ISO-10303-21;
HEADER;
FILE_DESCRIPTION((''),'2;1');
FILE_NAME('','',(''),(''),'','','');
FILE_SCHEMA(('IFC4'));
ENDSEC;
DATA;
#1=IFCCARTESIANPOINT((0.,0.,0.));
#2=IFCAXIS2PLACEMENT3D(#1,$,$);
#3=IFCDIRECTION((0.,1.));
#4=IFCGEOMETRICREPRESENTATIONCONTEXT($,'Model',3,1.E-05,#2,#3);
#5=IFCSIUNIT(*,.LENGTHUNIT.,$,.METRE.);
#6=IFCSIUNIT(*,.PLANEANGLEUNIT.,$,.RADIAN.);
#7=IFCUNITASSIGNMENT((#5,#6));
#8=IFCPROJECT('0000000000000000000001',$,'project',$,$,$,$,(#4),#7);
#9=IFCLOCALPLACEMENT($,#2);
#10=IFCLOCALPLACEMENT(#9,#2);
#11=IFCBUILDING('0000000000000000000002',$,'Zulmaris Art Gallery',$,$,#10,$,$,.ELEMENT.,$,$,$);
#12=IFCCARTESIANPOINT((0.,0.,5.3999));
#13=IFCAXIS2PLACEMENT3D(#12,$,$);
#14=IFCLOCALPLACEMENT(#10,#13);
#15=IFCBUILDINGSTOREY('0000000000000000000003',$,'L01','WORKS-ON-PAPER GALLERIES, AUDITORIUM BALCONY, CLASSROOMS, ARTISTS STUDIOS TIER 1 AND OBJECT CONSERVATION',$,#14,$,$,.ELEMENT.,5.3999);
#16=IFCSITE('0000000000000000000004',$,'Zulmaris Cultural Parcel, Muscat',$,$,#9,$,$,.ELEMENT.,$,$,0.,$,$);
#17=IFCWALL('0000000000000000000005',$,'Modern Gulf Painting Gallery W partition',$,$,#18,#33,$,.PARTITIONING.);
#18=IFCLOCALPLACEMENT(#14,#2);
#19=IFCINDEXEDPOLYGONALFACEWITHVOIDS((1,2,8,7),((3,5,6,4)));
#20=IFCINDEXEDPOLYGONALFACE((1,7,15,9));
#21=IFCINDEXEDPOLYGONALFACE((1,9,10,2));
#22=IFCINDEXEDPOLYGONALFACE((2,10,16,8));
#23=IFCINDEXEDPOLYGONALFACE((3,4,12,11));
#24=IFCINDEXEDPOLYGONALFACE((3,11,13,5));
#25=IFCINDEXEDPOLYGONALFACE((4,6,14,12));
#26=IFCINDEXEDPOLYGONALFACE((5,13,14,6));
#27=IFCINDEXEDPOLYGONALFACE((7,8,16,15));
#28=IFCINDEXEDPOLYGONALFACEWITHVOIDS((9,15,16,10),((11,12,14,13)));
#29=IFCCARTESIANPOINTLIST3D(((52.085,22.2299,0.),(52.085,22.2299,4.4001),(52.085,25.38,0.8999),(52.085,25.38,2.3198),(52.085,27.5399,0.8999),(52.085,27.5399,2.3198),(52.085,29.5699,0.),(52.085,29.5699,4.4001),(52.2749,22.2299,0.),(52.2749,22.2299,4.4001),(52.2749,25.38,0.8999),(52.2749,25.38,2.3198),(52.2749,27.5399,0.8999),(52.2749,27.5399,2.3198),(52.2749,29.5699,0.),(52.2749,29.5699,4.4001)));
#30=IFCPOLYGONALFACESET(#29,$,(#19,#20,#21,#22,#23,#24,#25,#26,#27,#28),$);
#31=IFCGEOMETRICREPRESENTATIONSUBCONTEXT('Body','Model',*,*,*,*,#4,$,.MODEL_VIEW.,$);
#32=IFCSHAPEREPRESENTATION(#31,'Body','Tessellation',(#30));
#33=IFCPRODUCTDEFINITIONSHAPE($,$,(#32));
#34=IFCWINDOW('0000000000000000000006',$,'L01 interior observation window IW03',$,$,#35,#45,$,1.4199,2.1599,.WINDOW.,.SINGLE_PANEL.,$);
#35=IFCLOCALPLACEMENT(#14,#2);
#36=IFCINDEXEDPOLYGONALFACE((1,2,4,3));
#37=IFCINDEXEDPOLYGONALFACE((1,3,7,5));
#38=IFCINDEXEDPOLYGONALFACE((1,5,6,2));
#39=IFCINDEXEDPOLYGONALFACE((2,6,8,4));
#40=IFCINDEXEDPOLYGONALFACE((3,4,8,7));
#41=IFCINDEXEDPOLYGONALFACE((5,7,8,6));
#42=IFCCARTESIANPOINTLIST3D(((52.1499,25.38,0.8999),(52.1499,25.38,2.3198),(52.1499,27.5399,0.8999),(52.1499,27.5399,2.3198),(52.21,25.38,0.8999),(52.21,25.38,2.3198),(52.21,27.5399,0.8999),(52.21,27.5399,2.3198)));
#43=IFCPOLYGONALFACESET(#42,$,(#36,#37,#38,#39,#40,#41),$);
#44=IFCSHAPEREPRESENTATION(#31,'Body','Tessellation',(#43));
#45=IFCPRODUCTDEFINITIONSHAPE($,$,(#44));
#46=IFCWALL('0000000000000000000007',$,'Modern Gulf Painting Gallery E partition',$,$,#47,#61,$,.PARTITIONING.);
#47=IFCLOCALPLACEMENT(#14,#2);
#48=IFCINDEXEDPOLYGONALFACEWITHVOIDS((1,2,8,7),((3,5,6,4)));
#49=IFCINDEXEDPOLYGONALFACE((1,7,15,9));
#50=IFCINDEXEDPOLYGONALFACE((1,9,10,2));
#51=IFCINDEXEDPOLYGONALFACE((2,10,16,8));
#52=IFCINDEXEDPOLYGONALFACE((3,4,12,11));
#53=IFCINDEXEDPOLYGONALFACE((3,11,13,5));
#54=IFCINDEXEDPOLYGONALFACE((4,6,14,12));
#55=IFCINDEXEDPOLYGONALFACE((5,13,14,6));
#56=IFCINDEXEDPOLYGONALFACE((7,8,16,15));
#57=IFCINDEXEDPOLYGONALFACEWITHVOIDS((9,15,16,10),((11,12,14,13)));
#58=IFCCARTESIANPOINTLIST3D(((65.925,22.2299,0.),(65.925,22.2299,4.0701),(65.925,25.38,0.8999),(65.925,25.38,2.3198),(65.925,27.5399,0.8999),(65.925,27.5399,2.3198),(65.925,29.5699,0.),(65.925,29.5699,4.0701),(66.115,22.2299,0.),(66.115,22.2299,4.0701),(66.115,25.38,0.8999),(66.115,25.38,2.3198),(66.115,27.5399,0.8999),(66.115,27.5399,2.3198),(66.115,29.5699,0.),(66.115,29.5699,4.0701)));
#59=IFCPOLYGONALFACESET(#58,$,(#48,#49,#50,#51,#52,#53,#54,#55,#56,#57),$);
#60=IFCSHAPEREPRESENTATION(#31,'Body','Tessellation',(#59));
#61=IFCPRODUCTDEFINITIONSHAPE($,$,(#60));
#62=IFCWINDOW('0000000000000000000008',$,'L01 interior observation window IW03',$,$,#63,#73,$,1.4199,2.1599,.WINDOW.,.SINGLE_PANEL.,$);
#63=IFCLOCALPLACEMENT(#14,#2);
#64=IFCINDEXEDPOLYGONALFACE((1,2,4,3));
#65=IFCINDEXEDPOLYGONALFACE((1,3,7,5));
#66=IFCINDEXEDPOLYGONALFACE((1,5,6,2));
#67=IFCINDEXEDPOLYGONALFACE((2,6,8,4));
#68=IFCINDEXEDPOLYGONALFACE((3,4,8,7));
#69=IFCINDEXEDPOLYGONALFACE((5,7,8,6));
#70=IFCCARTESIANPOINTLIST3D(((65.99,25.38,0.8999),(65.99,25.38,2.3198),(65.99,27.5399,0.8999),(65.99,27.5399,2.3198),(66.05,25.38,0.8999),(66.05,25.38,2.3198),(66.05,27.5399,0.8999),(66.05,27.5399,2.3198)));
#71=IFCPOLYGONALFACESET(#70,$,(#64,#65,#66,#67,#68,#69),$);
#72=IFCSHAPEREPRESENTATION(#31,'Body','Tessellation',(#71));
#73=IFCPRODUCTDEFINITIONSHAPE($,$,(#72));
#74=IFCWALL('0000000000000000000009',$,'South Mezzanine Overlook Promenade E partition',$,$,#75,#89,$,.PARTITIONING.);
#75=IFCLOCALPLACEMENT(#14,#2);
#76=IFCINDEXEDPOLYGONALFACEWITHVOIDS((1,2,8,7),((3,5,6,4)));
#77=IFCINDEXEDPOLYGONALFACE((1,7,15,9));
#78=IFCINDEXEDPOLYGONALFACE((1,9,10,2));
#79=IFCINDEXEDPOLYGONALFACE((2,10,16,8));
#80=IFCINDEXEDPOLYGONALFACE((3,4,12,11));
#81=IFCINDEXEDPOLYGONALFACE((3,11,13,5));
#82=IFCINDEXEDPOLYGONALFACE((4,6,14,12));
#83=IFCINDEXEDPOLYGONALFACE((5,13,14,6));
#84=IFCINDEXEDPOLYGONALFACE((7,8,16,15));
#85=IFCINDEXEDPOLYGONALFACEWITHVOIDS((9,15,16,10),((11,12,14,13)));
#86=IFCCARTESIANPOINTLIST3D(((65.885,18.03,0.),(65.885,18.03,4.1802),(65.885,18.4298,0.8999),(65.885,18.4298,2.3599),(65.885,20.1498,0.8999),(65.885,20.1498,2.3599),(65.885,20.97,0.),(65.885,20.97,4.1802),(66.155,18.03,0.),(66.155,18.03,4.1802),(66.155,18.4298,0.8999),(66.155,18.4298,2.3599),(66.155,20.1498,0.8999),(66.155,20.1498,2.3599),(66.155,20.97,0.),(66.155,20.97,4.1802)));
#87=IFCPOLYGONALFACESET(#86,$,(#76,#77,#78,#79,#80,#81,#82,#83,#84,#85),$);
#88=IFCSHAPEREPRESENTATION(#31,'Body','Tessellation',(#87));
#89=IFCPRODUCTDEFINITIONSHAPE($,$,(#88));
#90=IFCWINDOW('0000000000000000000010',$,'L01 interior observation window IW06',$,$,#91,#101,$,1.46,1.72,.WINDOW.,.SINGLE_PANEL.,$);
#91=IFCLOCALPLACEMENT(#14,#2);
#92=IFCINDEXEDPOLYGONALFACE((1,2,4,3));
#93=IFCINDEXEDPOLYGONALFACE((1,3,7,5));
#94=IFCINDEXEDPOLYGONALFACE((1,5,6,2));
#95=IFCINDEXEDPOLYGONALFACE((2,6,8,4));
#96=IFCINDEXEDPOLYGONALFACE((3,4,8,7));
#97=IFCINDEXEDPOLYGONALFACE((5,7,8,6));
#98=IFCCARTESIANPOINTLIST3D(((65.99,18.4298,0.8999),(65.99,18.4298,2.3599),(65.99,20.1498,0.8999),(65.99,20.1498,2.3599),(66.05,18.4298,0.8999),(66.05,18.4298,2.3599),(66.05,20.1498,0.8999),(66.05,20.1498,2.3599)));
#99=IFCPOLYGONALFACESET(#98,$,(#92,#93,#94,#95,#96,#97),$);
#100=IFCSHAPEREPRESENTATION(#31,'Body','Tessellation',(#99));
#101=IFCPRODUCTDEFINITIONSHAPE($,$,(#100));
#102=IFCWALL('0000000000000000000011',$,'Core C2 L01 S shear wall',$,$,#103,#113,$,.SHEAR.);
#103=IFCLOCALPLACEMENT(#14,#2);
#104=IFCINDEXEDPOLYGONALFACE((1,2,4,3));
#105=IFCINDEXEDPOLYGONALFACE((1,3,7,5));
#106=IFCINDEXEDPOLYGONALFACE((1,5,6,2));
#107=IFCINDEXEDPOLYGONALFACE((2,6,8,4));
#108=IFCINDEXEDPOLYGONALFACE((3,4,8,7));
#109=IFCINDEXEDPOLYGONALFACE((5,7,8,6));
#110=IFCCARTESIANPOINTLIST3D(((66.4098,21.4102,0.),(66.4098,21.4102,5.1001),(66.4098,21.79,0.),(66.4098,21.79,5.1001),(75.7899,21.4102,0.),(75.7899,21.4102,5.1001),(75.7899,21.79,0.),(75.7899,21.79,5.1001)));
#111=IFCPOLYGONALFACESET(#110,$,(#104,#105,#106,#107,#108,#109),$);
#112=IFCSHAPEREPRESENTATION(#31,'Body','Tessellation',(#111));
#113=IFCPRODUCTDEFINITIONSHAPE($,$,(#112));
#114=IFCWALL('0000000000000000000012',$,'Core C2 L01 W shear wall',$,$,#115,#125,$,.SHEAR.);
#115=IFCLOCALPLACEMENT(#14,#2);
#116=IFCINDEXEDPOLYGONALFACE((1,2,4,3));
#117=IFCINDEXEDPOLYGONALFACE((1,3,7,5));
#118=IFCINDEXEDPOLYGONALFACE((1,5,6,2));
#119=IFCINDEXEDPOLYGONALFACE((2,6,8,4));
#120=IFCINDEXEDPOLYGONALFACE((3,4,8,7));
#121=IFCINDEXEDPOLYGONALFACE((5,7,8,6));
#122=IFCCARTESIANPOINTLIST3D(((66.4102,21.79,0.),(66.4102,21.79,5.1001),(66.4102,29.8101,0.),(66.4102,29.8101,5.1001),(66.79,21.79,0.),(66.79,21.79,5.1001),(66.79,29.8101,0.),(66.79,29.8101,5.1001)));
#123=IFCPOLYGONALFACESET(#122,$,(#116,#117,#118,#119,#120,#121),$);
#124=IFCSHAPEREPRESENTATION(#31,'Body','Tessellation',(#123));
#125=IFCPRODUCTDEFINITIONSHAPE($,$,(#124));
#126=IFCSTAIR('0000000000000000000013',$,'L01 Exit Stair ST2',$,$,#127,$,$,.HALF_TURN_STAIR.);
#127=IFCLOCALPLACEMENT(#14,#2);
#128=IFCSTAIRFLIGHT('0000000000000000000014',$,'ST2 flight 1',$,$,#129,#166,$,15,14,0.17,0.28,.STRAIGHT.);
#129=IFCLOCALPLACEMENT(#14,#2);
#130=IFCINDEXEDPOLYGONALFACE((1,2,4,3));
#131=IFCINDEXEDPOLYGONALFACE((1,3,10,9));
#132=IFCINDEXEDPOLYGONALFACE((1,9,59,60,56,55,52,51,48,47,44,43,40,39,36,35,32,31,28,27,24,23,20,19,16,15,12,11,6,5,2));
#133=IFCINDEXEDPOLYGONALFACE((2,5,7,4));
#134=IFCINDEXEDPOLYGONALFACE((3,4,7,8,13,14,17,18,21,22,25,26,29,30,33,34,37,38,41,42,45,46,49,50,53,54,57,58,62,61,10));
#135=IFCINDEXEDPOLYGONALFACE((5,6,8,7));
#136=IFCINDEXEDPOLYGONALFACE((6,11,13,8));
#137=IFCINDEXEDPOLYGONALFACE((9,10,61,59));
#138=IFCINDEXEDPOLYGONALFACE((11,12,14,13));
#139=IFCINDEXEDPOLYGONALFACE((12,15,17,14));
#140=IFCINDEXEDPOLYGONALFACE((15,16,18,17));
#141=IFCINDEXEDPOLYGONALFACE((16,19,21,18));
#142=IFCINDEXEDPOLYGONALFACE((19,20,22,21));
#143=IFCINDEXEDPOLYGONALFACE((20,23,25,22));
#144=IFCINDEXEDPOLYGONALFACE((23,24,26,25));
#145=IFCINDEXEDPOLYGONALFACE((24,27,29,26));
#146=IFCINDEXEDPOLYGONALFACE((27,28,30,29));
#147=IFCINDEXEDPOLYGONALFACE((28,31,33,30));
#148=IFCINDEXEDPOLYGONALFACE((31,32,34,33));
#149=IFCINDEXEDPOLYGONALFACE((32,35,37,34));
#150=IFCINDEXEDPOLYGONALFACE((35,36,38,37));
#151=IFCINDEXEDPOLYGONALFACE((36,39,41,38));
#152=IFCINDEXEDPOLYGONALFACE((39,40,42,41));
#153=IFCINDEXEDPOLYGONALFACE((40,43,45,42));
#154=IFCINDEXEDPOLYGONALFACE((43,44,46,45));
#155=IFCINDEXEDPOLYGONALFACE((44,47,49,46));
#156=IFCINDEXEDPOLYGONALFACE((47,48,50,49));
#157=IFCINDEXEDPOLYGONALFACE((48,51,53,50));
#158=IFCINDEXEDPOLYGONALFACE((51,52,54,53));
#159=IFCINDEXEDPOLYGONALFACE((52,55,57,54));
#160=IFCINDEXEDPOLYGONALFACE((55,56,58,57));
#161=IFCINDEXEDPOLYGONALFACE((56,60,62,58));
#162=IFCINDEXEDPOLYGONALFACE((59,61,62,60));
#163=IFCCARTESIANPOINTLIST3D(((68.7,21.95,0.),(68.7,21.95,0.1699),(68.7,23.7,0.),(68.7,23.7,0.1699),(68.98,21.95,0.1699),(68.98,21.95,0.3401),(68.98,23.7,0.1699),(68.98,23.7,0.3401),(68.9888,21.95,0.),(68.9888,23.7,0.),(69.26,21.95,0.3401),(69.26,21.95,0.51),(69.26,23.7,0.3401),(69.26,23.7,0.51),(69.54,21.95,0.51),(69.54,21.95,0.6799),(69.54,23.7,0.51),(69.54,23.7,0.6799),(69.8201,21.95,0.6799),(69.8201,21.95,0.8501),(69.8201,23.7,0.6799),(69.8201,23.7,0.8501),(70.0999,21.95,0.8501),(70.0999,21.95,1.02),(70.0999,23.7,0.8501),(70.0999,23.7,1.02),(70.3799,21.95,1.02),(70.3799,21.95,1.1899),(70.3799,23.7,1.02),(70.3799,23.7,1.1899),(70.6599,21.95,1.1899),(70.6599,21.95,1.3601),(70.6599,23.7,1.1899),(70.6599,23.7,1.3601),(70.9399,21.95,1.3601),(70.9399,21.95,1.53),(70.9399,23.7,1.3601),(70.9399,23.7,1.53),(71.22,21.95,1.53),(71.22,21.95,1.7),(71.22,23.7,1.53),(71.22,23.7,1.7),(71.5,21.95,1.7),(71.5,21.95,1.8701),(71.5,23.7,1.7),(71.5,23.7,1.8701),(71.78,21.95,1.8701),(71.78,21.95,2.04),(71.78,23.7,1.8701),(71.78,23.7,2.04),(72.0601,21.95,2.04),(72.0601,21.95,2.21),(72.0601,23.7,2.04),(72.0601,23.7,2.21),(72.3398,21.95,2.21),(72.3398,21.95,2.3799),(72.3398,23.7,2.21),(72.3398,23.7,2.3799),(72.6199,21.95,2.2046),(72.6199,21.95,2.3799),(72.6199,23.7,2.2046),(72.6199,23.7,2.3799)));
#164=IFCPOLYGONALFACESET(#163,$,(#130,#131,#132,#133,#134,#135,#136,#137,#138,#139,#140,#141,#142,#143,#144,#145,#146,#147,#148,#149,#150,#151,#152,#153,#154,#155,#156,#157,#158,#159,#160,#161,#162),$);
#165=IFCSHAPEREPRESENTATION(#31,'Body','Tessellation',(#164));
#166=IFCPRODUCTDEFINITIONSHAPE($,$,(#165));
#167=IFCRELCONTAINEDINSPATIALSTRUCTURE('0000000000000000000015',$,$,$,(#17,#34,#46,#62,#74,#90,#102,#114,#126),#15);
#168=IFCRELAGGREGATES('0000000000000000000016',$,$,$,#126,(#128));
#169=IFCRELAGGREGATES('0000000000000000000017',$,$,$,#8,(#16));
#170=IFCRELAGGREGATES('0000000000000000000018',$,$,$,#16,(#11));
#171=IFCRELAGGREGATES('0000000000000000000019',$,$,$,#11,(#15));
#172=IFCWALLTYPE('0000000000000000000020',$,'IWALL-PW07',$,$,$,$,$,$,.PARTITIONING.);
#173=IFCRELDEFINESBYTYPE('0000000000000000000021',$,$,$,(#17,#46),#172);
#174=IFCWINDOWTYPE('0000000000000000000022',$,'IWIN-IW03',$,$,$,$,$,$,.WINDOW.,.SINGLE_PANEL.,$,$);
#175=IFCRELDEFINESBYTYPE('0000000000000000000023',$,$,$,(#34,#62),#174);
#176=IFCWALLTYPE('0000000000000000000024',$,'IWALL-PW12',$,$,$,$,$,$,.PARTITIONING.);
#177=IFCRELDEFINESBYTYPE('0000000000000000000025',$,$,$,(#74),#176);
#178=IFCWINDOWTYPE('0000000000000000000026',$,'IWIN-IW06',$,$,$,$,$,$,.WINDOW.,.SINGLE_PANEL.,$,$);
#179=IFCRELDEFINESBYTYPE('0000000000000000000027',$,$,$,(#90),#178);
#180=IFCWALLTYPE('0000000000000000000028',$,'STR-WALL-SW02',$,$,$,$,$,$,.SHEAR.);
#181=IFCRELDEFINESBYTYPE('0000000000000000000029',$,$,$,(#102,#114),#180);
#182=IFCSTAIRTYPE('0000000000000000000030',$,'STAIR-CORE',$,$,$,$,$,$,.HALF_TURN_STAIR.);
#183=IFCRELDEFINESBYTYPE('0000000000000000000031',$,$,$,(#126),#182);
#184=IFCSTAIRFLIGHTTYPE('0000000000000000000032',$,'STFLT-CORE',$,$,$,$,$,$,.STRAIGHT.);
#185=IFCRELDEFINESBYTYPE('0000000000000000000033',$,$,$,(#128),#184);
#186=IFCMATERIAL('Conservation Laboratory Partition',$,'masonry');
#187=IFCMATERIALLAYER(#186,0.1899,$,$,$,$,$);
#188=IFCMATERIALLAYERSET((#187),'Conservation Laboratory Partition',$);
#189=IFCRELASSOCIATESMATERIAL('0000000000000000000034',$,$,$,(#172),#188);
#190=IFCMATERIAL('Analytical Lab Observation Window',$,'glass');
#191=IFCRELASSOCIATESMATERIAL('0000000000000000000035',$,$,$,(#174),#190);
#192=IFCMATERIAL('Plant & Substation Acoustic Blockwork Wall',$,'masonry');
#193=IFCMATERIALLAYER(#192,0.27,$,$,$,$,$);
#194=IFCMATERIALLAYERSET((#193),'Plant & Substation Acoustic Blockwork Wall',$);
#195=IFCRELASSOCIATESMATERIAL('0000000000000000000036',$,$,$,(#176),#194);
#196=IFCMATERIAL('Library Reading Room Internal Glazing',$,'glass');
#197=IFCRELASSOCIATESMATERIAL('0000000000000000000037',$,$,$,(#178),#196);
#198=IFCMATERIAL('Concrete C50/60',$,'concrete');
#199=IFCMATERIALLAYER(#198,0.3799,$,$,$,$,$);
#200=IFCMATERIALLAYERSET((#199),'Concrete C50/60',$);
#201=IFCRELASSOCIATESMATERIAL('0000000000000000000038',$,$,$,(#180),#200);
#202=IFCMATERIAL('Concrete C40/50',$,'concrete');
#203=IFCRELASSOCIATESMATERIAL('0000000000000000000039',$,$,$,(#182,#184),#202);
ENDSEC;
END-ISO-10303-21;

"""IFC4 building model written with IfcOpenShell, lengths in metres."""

from ifc_helpers import new_model, si_unit, direction, frame, frame_2d, origin, place, context, subcontext, project, spatial, polyline, rectangle, outline, extrude, material, layer, layer_set, type_object, element, fill, aggregate, save


model = new_model("IFC4")

# Units and contexts
model_context = context("Model", 3, precision=1e-05, world=origin(), true_north=direction((0.0, 1.0)))
body_context = subcontext(model_context, "Body", "Model", "MODEL_VIEW")
ifc_project = project(units=[si_unit("LENGTHUNIT", "METRE"), si_unit("PLANEANGLEUNIT", "RADIAN")], contexts=[model_context])

# Site, building, storey
site_placement = place(None, origin())
site = spatial("IfcSite", under=ifc_project, at=site_placement, Name="Zulmaris Cultural Parcel, Muscat", CompositionType="ELEMENT", RefElevation=0.0)
building_placement = place(site_placement, origin())
building = spatial("IfcBuilding", under=site, at=building_placement, Name="Zulmaris Art Gallery", CompositionType="ELEMENT")
storey_placement = place(building_placement, frame((0.0, 0.0, 5.3999)))
storey = spatial("IfcBuildingStorey", under=building, at=storey_placement, Name="L01", Description="WORKS-ON-PAPER GALLERIES, AUDITORIUM BALCONY, CLASSROOMS, ARTISTS STUDIOS TIER 1 AND OBJECT CONSERVATION", CompositionType="ELEMENT", Elevation=5.3999)

# Shared definitions
ifc_material_1 = material(Name="Concrete C40/50", Category="concrete")
ifc_material_2 = material(Name="Concrete C50/60", Category="concrete")

# Walls, openings, windows
ifc_material_3 = material(Name="Conservation Laboratory Partition", Category="masonry")
ifc_layer_1 = layer(ifc_material_3, 0.1899)
ifc_layer_set_1 = layer_set([ifc_layer_1], Name="Conservation Laboratory Partition")
wall_type_1 = type_object("IfcWallType", Name="IWALL-PW07", PredefinedType="PARTITIONING", material=ifc_layer_set_1)
ifc_material_4 = material(Name="Analytical Lab Observation Window", Category="glass")
window_type_1 = type_object("IfcWindowType", Name="IWIN-IW03", PartitioningType="SINGLE_PANEL", PredefinedType="WINDOW", material=ifc_material_4)
wall_1_placement = place(storey_placement, frame((52.1799, 22.23, 0.0), z_axis=(0.0, 0.0, 1.0), x_axis=(0.0, 1.0, 0.0)))
wall_1 = element("IfcWall", 1, at=wall_1_placement, inside=storey, type_object=wall_type_1, Name="Modern Gulf Painting Gallery W partition", PredefinedType="PARTITIONING", context=body_context, shape_type="SweptSolid", body=[
    extrude(rectangle(XDim=7.3401, YDim=0.1899, at=frame_2d((3.6699, 0.0))), origin(), (0.0, 0.0, 1.0), 4.4001),
])
opening_1_placement = place(wall_1_placement, frame((3.1499, 0.0, 0.8999)))
opening_1 = element("IfcOpeningElement", 2, at=opening_1_placement, cuts=wall_1, PredefinedType="OPENING", context=body_context, shape_type="SweptSolid", body=[
    extrude(rectangle(XDim=2.1599, YDim=1.4199, at=frame_2d((1.0801, 0.71))), frame((0.0, 0.105, 0.0), z_axis=(0.0, -1.0, 0.0), x_axis=(1.0, 0.0, 0.0)), (0.0, 0.0, 1.0), 0.21),
])
window_1_placement = place(opening_1_placement, origin())
window_1 = element("IfcWindow", 3, at=window_1_placement, inside=storey, type_object=window_type_1, Name="L01 interior observation window IW03", OverallHeight=1.4199, OverallWidth=2.1599, PartitioningType="SINGLE_PANEL", PredefinedType="WINDOW", context=body_context, shape_type="SweptSolid", body=[
    extrude(rectangle(XDim=2.1599, YDim=1.4199, at=frame_2d((1.0801, 0.71))), frame((0.0, 0.03, 0.0), z_axis=(0.0, -1.0, 0.0), x_axis=(1.0, 0.0, 0.0)), (0.0, 0.0, 1.0), 0.0601),
])
fill(opening_1, window_1)
wall_2_placement = place(storey_placement, frame((66.02, 22.23, 0.0), z_axis=(0.0, 0.0, 1.0), x_axis=(0.0, 1.0, 0.0)))
wall_2 = element("IfcWall", 4, at=wall_2_placement, inside=storey, type_object=wall_type_1, Name="Modern Gulf Painting Gallery E partition", PredefinedType="PARTITIONING", context=body_context, shape_type="SweptSolid", body=[
    extrude(rectangle(XDim=7.3401, YDim=0.1899, at=frame_2d((3.6699, 0.0))), origin(), (0.0, 0.0, 1.0), 4.0701),
])
opening_2_placement = place(wall_2_placement, frame((3.1499, 0.0, 0.8999)))
opening_2 = element("IfcOpeningElement", 5, at=opening_2_placement, cuts=wall_2, PredefinedType="OPENING", context=body_context, shape_type="SweptSolid", body=[
    extrude(rectangle(XDim=2.1599, YDim=1.4199, at=frame_2d((1.0801, 0.71))), frame((0.0, 0.105, 0.0), z_axis=(0.0, -1.0, 0.0), x_axis=(1.0, 0.0, 0.0)), (0.0, 0.0, 1.0), 0.21),
])
window_2_placement = place(opening_2_placement, origin())
window_2 = element("IfcWindow", 6, at=window_2_placement, inside=storey, type_object=window_type_1, Name="L01 interior observation window IW03", OverallHeight=1.4199, OverallWidth=2.1599, PartitioningType="SINGLE_PANEL", PredefinedType="WINDOW", context=body_context, shape_type="SweptSolid", body=[
    extrude(rectangle(XDim=2.1599, YDim=1.4199, at=frame_2d((1.0801, 0.71))), frame((0.0, 0.03, 0.0), z_axis=(0.0, -1.0, 0.0), x_axis=(1.0, 0.0, 0.0)), (0.0, 0.0, 1.0), 0.0601),
])
fill(opening_2, window_2)
ifc_material_5 = material(Name="Plant & Substation Acoustic Blockwork Wall", Category="masonry")
ifc_layer_2 = layer(ifc_material_5, 0.27)
ifc_layer_set_2 = layer_set([ifc_layer_2], Name="Plant & Substation Acoustic Blockwork Wall")
wall_type_2 = type_object("IfcWallType", Name="IWALL-PW12", PredefinedType="PARTITIONING", material=ifc_layer_set_2)
wall_3_placement = place(storey_placement, frame((66.02, 18.03, 0.0), z_axis=(0.0, 0.0, 1.0), x_axis=(0.0, 1.0, 0.0)))
wall_3 = element("IfcWall", 7, at=wall_3_placement, inside=storey, type_object=wall_type_2, Name="South Mezzanine Overlook Promenade E partition", PredefinedType="PARTITIONING", context=body_context, shape_type="SweptSolid", body=[
    extrude(rectangle(XDim=2.9399, YDim=0.27, at=frame_2d((1.47, 0.0))), origin(), (0.0, 0.0, 1.0), 4.1802),
])
opening_3_placement = place(wall_3_placement, frame((0.3999, 0.0, 0.8999)))
opening_3 = element("IfcOpeningElement", 8, at=opening_3_placement, cuts=wall_3, PredefinedType="OPENING", context=body_context, shape_type="SweptSolid", body=[
    extrude(rectangle(XDim=1.72, YDim=1.46, at=frame_2d((0.8599, 0.73))), frame((0.0, 0.145, 0.0), z_axis=(0.0, -1.0, 0.0), x_axis=(1.0, 0.0, 0.0)), (0.0, 0.0, 1.0), 0.29),
])
ifc_material_6 = material(Name="Library Reading Room Internal Glazing", Category="glass")
window_type_2 = type_object("IfcWindowType", Name="IWIN-IW06", PartitioningType="SINGLE_PANEL", PredefinedType="WINDOW", material=ifc_material_6)
window_3_placement = place(opening_3_placement, origin())
window_3 = element("IfcWindow", 9, at=window_3_placement, inside=storey, type_object=window_type_2, Name="L01 interior observation window IW06", OverallHeight=1.46, OverallWidth=1.72, PartitioningType="SINGLE_PANEL", PredefinedType="WINDOW", context=body_context, shape_type="SweptSolid", body=[
    extrude(rectangle(XDim=1.72, YDim=1.46, at=frame_2d((0.8599, 0.73))), frame((0.0, 0.03, 0.0), z_axis=(0.0, -1.0, 0.0), x_axis=(1.0, 0.0, 0.0)), (0.0, 0.0, 1.0), 0.0601),
])
fill(opening_3, window_3)

# Walls
ifc_layer_3 = layer(ifc_material_2, 0.3799)
ifc_layer_set_3 = layer_set([ifc_layer_3], Name="Concrete C50/60")
wall_type_3 = type_object("IfcWallType", Name="STR-WALL-SW02", PredefinedType="SHEAR", material=ifc_layer_set_3)
wall_4_placement = place(storey_placement, frame((66.4099, 21.6001, 0.0), z_axis=(0.0, 0.0, 1.0), x_axis=(1.0, 0.0, 0.0)))
element("IfcWall", 10, at=wall_4_placement, inside=storey, type_object=wall_type_3, Name="Core C2 L01 S shear wall", PredefinedType="SHEAR", context=body_context, shape_type="SweptSolid", body=[
    extrude(rectangle(XDim=9.3801, YDim=0.3799, at=frame_2d((4.6899, 0.0))), origin(), (0.0, 0.0, 1.0), 5.1001),
])
wall_5_placement = place(storey_placement, frame((66.6001, 21.79, 0.0), z_axis=(0.0, 0.0, 1.0), x_axis=(0.0, 1.0, 0.0)))
element("IfcWall", 11, at=wall_5_placement, inside=storey, type_object=wall_type_3, Name="Core C2 L01 W shear wall", PredefinedType="SHEAR", context=body_context, shape_type="SweptSolid", body=[
    extrude(rectangle(XDim=8.02, YDim=0.3799, at=frame_2d((4.01, 0.0))), origin(), (0.0, 0.0, 1.0), 5.1001),
])

# Stair, stair flight
stair_type = type_object("IfcStairType", Name="STAIR-CORE", PredefinedType="HALF_TURN_STAIR", material=ifc_material_1)
stair_placement = place(storey_placement, origin())
stair = element("IfcStair", 12, at=stair_placement, inside=storey, type_object=stair_type, Name="L01 Exit Stair ST2", PredefinedType="HALF_TURN_STAIR")
stair_flight_type = type_object("IfcStairFlightType", Name="STFLT-CORE", PredefinedType="STRAIGHT", material=ifc_material_1)
stair_flight_placement = place(storey_placement, frame((68.7, 22.825, 0.0), z_axis=(0.0, 0.0, 1.0), x_axis=(1.0, 0.0, 0.0)))
stair_flight = element("IfcStairFlight", 13, at=stair_flight_placement, type_object=stair_flight_type, Name="ST2 flight 1", NumberOfRisers=15, NumberOfTreads=14, PredefinedType="STRAIGHT", RiserHeight=0.17, TreadLength=0.28, context=body_context, shape_type="SweptSolid", body=[
    extrude(outline(polyline([(0.0, 0.0), (0.0, 0.1699), (0.28, 0.1699), (0.28, 0.3401), (0.5601, 0.3401), (0.5601, 0.51), (0.8401, 0.51), (0.8401, 0.6799), (1.1201, 0.6799), (1.1201, 0.8501), (1.3999, 0.8501), (1.3999, 1.02), (1.6799, 1.02), (1.6799, 1.1899), (1.96, 1.1899), (1.96, 1.3601), (2.24, 1.3601), (2.24, 1.53), (2.52, 1.53), (2.52, 1.7), (2.8, 1.7), (2.8, 1.8701), (3.0801, 1.8701), (3.0801, 2.04), (3.3601, 2.04), (3.3601, 2.21), (3.6399, 2.21), (3.6399, 2.3799), (3.9199, 2.3799), (3.9199, 2.55), (3.9199, 2.2046), (0.2888, 0.0), (0.0, 0.0)])), frame((0.0, 0.875, 0.0), z_axis=(0.0, -1.0, 0.0), x_axis=(1.0, 0.0, 0.0)), (0.0, 0.0, 1.0), 1.75),
])
aggregate(stair, [stair_flight])

save(model, "model.ifc")
